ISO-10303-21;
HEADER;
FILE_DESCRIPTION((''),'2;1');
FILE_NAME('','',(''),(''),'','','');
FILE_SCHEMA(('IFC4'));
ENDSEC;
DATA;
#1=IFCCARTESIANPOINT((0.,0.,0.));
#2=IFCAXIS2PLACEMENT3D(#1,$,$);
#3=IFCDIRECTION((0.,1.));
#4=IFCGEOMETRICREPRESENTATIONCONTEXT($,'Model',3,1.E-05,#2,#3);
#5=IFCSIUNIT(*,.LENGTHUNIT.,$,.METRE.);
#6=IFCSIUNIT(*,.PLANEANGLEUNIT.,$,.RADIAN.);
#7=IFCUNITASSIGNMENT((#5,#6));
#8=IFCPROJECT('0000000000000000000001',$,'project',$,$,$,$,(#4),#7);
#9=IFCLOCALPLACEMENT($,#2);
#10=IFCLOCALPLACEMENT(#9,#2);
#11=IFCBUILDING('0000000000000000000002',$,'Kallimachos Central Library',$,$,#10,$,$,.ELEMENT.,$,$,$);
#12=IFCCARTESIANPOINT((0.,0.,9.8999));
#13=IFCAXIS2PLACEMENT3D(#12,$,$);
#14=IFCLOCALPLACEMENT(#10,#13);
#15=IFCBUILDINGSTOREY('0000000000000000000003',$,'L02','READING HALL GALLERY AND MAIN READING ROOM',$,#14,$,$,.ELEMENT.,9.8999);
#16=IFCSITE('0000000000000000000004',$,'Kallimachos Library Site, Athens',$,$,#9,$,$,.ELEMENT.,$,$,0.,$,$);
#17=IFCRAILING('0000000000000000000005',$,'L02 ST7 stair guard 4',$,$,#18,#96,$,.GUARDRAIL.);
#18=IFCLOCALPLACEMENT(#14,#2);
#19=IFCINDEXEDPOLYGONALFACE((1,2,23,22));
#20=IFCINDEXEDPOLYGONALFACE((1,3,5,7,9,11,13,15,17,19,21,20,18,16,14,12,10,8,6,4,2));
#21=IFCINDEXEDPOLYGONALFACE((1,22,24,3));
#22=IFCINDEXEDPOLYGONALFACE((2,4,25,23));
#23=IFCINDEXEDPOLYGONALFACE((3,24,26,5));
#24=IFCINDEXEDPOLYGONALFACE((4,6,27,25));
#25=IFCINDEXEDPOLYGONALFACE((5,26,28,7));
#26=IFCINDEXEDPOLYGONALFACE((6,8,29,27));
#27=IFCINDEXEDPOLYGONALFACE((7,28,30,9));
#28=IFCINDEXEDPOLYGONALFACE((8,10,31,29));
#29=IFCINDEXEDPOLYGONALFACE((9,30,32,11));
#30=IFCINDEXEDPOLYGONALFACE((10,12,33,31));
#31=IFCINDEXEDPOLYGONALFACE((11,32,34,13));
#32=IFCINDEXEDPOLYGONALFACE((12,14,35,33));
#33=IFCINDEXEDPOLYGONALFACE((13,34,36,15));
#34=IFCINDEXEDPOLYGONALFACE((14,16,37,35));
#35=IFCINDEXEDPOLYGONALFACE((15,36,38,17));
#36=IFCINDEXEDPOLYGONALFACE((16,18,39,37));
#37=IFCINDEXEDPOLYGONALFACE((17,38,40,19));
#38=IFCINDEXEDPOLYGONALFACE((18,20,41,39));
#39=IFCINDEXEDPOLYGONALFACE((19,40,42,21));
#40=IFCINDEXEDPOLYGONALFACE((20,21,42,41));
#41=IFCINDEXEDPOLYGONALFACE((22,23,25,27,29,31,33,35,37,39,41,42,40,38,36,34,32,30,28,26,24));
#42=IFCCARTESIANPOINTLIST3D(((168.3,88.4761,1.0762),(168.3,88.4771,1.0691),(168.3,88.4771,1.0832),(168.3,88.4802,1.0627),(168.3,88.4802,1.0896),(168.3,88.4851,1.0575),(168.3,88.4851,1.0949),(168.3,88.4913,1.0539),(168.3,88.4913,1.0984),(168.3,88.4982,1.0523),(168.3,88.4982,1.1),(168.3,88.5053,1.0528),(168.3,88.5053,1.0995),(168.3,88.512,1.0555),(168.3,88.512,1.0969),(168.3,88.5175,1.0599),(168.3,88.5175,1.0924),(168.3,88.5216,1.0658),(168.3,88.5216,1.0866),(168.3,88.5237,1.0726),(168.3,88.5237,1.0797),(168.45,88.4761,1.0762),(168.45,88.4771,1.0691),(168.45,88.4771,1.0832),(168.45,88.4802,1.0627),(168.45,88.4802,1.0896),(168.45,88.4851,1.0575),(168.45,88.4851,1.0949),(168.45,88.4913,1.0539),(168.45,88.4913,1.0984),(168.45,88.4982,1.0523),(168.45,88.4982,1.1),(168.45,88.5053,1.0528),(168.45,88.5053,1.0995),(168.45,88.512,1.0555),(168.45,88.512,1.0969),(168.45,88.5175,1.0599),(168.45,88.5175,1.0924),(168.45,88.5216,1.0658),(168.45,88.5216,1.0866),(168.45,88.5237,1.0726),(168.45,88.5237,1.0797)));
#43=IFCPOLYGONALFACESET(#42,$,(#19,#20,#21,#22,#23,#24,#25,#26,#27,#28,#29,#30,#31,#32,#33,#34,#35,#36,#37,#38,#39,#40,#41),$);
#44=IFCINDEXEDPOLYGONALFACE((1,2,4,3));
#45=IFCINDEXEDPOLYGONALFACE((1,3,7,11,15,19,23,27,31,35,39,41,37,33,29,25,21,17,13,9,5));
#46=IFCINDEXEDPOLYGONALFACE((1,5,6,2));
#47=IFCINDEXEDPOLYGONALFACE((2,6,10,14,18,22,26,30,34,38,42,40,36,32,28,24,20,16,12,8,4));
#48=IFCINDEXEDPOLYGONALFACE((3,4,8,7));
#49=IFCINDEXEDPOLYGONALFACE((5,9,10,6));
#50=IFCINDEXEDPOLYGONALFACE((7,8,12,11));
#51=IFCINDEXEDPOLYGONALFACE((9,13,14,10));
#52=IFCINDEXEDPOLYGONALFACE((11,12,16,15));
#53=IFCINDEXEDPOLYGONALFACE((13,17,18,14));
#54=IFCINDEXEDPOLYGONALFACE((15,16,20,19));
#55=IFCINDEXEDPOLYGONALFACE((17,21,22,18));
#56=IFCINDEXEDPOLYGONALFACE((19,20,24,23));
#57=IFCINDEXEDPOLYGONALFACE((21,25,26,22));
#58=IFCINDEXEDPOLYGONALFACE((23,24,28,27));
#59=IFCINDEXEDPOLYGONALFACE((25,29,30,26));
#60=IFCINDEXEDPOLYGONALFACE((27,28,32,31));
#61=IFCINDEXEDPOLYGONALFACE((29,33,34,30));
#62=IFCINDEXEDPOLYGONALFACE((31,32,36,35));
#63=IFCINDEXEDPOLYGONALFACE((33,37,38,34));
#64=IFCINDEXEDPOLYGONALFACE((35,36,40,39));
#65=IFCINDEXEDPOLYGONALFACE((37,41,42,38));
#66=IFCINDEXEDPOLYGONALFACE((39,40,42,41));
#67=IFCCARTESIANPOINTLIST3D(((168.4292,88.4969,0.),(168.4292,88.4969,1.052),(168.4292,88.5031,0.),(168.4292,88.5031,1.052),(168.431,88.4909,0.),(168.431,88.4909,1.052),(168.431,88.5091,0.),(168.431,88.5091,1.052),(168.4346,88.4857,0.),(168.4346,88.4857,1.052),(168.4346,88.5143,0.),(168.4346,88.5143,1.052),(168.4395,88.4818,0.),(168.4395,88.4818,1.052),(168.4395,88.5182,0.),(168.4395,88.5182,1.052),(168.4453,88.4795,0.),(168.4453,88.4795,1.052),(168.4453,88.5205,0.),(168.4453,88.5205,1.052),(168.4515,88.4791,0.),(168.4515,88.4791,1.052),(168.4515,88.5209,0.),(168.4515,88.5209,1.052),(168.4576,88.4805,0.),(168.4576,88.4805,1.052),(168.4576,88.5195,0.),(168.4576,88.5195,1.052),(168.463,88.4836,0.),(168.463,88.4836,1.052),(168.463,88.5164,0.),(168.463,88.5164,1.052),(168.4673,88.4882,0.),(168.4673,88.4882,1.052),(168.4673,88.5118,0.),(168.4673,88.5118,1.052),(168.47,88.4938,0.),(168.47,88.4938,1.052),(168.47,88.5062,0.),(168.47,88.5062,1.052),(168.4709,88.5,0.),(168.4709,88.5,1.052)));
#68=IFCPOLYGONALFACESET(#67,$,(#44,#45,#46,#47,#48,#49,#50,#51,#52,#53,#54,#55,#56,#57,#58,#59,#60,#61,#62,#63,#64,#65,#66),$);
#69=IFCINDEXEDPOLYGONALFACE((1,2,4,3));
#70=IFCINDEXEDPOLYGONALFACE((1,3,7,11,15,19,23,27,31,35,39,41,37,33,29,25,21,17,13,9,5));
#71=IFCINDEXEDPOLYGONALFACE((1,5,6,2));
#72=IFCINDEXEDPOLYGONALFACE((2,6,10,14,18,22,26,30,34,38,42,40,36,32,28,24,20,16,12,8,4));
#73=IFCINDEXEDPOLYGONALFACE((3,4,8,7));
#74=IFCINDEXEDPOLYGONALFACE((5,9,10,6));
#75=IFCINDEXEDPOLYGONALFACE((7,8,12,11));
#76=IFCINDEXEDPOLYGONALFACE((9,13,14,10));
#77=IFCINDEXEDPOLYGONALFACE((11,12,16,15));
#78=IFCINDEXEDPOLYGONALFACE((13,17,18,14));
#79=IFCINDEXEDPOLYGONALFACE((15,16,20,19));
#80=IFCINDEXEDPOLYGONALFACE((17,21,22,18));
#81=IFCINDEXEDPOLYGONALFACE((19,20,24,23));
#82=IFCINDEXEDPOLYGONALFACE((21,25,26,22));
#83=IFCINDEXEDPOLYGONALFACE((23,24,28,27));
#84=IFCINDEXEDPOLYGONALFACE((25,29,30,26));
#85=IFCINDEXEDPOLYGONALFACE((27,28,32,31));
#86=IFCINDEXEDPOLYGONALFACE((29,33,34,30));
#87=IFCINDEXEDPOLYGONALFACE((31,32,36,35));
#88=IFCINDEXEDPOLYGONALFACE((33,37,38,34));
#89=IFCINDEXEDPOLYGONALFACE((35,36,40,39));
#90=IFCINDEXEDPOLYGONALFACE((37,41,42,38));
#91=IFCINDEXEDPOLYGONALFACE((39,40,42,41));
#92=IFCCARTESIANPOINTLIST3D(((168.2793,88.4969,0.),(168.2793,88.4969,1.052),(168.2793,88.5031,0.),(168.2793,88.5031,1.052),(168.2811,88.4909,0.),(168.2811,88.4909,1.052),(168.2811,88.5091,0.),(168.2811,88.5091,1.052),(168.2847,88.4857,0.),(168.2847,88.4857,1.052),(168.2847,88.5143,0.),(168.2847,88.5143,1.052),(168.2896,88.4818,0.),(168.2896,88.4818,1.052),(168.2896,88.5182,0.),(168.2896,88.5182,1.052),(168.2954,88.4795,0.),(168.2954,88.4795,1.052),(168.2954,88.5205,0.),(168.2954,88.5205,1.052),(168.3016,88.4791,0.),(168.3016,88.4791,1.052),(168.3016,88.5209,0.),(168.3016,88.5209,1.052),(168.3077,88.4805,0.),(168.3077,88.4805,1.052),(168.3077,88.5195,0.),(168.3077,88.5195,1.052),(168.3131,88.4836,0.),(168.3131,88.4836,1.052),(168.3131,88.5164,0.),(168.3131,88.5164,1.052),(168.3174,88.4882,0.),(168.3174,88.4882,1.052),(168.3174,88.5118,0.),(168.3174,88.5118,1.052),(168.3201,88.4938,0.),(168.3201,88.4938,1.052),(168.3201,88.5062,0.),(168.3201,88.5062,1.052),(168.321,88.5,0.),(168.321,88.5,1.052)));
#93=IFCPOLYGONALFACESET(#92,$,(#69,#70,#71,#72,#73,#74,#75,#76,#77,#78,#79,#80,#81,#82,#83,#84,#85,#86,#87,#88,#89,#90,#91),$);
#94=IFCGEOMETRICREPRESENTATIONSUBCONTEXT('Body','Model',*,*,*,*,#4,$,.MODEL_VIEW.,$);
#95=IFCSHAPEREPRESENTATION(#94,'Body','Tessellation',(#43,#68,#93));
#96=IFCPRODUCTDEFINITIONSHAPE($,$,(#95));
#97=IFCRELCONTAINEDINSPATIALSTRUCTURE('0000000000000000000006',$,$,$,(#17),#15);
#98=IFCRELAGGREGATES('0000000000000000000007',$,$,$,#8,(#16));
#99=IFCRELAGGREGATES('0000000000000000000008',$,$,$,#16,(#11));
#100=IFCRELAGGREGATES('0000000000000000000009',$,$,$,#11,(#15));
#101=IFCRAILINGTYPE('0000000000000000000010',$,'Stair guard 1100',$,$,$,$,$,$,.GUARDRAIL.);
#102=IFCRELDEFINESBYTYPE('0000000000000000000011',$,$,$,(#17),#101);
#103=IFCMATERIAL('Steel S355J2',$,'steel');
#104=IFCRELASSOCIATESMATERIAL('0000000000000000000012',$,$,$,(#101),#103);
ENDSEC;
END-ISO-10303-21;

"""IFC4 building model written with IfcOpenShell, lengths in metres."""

from ifc_helpers import new_model, si_unit, direction, frame, origin, origin_2d, place, context, subcontext, project, spatial, circle, extrude, material, type_object, element, save


model = new_model("IFC4")

# Units and contexts
model_context = context("Model", 3, precision=1e-05, world=origin(), true_north=direction((0.0, 1.0)))
body_context = subcontext(model_context, "Body", "Model", "MODEL_VIEW")
ifc_project = project(units=[si_unit("LENGTHUNIT", "METRE"), si_unit("PLANEANGLEUNIT", "RADIAN")], contexts=[model_context])

# Site, building, storey
site_placement = place(None, origin())
site = spatial("IfcSite", under=ifc_project, at=site_placement, Name="Kallimachos Library Site, Athens", CompositionType="ELEMENT", RefElevation=0.0)
building_placement = place(site_placement, origin())
building = spatial("IfcBuilding", under=site, at=building_placement, Name="Kallimachos Central Library", CompositionType="ELEMENT")
storey_placement = place(building_placement, frame((0.0, 0.0, 9.8999)))
storey = spatial("IfcBuildingStorey", under=building, at=storey_placement, Name="L02", Description="READING HALL GALLERY AND MAIN READING ROOM", CompositionType="ELEMENT", Elevation=9.8999)

# Railing
ifc_material_1 = material(Name="Steel S355J2", Category="steel")
railing_type_1 = type_object("IfcRailingType", Name="Stair guard 1100", PredefinedType="GUARDRAIL", material=ifc_material_1)
railing_1_placement = place(storey_placement, frame((168.45, 88.5, 0.0)))
element("IfcRailing", 1, at=railing_1_placement, inside=storey, type_object=railing_type_1, Name="L02 ST7 stair guard 4", PredefinedType="GUARDRAIL", context=body_context, shape_type="SweptSolid", body=[
    extrude(circle(Radius=0.0239, at=origin_2d()), frame((0.0, 0.0, 1.0762), z_axis=(-1.0, 0.0, 0.0), x_axis=(0.0, -1.0, 0.0)), (0.0, 0.0, 1.0), 0.1499),
    extrude(circle(Radius=0.021, at=origin_2d()), origin(), (0.0, 0.0, 1.0), 1.052),
    extrude(circle(Radius=0.021, at=origin_2d()), frame((-0.1499, 0.0, 0.0)), (0.0, 0.0, 1.0), 1.052),
])

save(model, "model.ifc")
